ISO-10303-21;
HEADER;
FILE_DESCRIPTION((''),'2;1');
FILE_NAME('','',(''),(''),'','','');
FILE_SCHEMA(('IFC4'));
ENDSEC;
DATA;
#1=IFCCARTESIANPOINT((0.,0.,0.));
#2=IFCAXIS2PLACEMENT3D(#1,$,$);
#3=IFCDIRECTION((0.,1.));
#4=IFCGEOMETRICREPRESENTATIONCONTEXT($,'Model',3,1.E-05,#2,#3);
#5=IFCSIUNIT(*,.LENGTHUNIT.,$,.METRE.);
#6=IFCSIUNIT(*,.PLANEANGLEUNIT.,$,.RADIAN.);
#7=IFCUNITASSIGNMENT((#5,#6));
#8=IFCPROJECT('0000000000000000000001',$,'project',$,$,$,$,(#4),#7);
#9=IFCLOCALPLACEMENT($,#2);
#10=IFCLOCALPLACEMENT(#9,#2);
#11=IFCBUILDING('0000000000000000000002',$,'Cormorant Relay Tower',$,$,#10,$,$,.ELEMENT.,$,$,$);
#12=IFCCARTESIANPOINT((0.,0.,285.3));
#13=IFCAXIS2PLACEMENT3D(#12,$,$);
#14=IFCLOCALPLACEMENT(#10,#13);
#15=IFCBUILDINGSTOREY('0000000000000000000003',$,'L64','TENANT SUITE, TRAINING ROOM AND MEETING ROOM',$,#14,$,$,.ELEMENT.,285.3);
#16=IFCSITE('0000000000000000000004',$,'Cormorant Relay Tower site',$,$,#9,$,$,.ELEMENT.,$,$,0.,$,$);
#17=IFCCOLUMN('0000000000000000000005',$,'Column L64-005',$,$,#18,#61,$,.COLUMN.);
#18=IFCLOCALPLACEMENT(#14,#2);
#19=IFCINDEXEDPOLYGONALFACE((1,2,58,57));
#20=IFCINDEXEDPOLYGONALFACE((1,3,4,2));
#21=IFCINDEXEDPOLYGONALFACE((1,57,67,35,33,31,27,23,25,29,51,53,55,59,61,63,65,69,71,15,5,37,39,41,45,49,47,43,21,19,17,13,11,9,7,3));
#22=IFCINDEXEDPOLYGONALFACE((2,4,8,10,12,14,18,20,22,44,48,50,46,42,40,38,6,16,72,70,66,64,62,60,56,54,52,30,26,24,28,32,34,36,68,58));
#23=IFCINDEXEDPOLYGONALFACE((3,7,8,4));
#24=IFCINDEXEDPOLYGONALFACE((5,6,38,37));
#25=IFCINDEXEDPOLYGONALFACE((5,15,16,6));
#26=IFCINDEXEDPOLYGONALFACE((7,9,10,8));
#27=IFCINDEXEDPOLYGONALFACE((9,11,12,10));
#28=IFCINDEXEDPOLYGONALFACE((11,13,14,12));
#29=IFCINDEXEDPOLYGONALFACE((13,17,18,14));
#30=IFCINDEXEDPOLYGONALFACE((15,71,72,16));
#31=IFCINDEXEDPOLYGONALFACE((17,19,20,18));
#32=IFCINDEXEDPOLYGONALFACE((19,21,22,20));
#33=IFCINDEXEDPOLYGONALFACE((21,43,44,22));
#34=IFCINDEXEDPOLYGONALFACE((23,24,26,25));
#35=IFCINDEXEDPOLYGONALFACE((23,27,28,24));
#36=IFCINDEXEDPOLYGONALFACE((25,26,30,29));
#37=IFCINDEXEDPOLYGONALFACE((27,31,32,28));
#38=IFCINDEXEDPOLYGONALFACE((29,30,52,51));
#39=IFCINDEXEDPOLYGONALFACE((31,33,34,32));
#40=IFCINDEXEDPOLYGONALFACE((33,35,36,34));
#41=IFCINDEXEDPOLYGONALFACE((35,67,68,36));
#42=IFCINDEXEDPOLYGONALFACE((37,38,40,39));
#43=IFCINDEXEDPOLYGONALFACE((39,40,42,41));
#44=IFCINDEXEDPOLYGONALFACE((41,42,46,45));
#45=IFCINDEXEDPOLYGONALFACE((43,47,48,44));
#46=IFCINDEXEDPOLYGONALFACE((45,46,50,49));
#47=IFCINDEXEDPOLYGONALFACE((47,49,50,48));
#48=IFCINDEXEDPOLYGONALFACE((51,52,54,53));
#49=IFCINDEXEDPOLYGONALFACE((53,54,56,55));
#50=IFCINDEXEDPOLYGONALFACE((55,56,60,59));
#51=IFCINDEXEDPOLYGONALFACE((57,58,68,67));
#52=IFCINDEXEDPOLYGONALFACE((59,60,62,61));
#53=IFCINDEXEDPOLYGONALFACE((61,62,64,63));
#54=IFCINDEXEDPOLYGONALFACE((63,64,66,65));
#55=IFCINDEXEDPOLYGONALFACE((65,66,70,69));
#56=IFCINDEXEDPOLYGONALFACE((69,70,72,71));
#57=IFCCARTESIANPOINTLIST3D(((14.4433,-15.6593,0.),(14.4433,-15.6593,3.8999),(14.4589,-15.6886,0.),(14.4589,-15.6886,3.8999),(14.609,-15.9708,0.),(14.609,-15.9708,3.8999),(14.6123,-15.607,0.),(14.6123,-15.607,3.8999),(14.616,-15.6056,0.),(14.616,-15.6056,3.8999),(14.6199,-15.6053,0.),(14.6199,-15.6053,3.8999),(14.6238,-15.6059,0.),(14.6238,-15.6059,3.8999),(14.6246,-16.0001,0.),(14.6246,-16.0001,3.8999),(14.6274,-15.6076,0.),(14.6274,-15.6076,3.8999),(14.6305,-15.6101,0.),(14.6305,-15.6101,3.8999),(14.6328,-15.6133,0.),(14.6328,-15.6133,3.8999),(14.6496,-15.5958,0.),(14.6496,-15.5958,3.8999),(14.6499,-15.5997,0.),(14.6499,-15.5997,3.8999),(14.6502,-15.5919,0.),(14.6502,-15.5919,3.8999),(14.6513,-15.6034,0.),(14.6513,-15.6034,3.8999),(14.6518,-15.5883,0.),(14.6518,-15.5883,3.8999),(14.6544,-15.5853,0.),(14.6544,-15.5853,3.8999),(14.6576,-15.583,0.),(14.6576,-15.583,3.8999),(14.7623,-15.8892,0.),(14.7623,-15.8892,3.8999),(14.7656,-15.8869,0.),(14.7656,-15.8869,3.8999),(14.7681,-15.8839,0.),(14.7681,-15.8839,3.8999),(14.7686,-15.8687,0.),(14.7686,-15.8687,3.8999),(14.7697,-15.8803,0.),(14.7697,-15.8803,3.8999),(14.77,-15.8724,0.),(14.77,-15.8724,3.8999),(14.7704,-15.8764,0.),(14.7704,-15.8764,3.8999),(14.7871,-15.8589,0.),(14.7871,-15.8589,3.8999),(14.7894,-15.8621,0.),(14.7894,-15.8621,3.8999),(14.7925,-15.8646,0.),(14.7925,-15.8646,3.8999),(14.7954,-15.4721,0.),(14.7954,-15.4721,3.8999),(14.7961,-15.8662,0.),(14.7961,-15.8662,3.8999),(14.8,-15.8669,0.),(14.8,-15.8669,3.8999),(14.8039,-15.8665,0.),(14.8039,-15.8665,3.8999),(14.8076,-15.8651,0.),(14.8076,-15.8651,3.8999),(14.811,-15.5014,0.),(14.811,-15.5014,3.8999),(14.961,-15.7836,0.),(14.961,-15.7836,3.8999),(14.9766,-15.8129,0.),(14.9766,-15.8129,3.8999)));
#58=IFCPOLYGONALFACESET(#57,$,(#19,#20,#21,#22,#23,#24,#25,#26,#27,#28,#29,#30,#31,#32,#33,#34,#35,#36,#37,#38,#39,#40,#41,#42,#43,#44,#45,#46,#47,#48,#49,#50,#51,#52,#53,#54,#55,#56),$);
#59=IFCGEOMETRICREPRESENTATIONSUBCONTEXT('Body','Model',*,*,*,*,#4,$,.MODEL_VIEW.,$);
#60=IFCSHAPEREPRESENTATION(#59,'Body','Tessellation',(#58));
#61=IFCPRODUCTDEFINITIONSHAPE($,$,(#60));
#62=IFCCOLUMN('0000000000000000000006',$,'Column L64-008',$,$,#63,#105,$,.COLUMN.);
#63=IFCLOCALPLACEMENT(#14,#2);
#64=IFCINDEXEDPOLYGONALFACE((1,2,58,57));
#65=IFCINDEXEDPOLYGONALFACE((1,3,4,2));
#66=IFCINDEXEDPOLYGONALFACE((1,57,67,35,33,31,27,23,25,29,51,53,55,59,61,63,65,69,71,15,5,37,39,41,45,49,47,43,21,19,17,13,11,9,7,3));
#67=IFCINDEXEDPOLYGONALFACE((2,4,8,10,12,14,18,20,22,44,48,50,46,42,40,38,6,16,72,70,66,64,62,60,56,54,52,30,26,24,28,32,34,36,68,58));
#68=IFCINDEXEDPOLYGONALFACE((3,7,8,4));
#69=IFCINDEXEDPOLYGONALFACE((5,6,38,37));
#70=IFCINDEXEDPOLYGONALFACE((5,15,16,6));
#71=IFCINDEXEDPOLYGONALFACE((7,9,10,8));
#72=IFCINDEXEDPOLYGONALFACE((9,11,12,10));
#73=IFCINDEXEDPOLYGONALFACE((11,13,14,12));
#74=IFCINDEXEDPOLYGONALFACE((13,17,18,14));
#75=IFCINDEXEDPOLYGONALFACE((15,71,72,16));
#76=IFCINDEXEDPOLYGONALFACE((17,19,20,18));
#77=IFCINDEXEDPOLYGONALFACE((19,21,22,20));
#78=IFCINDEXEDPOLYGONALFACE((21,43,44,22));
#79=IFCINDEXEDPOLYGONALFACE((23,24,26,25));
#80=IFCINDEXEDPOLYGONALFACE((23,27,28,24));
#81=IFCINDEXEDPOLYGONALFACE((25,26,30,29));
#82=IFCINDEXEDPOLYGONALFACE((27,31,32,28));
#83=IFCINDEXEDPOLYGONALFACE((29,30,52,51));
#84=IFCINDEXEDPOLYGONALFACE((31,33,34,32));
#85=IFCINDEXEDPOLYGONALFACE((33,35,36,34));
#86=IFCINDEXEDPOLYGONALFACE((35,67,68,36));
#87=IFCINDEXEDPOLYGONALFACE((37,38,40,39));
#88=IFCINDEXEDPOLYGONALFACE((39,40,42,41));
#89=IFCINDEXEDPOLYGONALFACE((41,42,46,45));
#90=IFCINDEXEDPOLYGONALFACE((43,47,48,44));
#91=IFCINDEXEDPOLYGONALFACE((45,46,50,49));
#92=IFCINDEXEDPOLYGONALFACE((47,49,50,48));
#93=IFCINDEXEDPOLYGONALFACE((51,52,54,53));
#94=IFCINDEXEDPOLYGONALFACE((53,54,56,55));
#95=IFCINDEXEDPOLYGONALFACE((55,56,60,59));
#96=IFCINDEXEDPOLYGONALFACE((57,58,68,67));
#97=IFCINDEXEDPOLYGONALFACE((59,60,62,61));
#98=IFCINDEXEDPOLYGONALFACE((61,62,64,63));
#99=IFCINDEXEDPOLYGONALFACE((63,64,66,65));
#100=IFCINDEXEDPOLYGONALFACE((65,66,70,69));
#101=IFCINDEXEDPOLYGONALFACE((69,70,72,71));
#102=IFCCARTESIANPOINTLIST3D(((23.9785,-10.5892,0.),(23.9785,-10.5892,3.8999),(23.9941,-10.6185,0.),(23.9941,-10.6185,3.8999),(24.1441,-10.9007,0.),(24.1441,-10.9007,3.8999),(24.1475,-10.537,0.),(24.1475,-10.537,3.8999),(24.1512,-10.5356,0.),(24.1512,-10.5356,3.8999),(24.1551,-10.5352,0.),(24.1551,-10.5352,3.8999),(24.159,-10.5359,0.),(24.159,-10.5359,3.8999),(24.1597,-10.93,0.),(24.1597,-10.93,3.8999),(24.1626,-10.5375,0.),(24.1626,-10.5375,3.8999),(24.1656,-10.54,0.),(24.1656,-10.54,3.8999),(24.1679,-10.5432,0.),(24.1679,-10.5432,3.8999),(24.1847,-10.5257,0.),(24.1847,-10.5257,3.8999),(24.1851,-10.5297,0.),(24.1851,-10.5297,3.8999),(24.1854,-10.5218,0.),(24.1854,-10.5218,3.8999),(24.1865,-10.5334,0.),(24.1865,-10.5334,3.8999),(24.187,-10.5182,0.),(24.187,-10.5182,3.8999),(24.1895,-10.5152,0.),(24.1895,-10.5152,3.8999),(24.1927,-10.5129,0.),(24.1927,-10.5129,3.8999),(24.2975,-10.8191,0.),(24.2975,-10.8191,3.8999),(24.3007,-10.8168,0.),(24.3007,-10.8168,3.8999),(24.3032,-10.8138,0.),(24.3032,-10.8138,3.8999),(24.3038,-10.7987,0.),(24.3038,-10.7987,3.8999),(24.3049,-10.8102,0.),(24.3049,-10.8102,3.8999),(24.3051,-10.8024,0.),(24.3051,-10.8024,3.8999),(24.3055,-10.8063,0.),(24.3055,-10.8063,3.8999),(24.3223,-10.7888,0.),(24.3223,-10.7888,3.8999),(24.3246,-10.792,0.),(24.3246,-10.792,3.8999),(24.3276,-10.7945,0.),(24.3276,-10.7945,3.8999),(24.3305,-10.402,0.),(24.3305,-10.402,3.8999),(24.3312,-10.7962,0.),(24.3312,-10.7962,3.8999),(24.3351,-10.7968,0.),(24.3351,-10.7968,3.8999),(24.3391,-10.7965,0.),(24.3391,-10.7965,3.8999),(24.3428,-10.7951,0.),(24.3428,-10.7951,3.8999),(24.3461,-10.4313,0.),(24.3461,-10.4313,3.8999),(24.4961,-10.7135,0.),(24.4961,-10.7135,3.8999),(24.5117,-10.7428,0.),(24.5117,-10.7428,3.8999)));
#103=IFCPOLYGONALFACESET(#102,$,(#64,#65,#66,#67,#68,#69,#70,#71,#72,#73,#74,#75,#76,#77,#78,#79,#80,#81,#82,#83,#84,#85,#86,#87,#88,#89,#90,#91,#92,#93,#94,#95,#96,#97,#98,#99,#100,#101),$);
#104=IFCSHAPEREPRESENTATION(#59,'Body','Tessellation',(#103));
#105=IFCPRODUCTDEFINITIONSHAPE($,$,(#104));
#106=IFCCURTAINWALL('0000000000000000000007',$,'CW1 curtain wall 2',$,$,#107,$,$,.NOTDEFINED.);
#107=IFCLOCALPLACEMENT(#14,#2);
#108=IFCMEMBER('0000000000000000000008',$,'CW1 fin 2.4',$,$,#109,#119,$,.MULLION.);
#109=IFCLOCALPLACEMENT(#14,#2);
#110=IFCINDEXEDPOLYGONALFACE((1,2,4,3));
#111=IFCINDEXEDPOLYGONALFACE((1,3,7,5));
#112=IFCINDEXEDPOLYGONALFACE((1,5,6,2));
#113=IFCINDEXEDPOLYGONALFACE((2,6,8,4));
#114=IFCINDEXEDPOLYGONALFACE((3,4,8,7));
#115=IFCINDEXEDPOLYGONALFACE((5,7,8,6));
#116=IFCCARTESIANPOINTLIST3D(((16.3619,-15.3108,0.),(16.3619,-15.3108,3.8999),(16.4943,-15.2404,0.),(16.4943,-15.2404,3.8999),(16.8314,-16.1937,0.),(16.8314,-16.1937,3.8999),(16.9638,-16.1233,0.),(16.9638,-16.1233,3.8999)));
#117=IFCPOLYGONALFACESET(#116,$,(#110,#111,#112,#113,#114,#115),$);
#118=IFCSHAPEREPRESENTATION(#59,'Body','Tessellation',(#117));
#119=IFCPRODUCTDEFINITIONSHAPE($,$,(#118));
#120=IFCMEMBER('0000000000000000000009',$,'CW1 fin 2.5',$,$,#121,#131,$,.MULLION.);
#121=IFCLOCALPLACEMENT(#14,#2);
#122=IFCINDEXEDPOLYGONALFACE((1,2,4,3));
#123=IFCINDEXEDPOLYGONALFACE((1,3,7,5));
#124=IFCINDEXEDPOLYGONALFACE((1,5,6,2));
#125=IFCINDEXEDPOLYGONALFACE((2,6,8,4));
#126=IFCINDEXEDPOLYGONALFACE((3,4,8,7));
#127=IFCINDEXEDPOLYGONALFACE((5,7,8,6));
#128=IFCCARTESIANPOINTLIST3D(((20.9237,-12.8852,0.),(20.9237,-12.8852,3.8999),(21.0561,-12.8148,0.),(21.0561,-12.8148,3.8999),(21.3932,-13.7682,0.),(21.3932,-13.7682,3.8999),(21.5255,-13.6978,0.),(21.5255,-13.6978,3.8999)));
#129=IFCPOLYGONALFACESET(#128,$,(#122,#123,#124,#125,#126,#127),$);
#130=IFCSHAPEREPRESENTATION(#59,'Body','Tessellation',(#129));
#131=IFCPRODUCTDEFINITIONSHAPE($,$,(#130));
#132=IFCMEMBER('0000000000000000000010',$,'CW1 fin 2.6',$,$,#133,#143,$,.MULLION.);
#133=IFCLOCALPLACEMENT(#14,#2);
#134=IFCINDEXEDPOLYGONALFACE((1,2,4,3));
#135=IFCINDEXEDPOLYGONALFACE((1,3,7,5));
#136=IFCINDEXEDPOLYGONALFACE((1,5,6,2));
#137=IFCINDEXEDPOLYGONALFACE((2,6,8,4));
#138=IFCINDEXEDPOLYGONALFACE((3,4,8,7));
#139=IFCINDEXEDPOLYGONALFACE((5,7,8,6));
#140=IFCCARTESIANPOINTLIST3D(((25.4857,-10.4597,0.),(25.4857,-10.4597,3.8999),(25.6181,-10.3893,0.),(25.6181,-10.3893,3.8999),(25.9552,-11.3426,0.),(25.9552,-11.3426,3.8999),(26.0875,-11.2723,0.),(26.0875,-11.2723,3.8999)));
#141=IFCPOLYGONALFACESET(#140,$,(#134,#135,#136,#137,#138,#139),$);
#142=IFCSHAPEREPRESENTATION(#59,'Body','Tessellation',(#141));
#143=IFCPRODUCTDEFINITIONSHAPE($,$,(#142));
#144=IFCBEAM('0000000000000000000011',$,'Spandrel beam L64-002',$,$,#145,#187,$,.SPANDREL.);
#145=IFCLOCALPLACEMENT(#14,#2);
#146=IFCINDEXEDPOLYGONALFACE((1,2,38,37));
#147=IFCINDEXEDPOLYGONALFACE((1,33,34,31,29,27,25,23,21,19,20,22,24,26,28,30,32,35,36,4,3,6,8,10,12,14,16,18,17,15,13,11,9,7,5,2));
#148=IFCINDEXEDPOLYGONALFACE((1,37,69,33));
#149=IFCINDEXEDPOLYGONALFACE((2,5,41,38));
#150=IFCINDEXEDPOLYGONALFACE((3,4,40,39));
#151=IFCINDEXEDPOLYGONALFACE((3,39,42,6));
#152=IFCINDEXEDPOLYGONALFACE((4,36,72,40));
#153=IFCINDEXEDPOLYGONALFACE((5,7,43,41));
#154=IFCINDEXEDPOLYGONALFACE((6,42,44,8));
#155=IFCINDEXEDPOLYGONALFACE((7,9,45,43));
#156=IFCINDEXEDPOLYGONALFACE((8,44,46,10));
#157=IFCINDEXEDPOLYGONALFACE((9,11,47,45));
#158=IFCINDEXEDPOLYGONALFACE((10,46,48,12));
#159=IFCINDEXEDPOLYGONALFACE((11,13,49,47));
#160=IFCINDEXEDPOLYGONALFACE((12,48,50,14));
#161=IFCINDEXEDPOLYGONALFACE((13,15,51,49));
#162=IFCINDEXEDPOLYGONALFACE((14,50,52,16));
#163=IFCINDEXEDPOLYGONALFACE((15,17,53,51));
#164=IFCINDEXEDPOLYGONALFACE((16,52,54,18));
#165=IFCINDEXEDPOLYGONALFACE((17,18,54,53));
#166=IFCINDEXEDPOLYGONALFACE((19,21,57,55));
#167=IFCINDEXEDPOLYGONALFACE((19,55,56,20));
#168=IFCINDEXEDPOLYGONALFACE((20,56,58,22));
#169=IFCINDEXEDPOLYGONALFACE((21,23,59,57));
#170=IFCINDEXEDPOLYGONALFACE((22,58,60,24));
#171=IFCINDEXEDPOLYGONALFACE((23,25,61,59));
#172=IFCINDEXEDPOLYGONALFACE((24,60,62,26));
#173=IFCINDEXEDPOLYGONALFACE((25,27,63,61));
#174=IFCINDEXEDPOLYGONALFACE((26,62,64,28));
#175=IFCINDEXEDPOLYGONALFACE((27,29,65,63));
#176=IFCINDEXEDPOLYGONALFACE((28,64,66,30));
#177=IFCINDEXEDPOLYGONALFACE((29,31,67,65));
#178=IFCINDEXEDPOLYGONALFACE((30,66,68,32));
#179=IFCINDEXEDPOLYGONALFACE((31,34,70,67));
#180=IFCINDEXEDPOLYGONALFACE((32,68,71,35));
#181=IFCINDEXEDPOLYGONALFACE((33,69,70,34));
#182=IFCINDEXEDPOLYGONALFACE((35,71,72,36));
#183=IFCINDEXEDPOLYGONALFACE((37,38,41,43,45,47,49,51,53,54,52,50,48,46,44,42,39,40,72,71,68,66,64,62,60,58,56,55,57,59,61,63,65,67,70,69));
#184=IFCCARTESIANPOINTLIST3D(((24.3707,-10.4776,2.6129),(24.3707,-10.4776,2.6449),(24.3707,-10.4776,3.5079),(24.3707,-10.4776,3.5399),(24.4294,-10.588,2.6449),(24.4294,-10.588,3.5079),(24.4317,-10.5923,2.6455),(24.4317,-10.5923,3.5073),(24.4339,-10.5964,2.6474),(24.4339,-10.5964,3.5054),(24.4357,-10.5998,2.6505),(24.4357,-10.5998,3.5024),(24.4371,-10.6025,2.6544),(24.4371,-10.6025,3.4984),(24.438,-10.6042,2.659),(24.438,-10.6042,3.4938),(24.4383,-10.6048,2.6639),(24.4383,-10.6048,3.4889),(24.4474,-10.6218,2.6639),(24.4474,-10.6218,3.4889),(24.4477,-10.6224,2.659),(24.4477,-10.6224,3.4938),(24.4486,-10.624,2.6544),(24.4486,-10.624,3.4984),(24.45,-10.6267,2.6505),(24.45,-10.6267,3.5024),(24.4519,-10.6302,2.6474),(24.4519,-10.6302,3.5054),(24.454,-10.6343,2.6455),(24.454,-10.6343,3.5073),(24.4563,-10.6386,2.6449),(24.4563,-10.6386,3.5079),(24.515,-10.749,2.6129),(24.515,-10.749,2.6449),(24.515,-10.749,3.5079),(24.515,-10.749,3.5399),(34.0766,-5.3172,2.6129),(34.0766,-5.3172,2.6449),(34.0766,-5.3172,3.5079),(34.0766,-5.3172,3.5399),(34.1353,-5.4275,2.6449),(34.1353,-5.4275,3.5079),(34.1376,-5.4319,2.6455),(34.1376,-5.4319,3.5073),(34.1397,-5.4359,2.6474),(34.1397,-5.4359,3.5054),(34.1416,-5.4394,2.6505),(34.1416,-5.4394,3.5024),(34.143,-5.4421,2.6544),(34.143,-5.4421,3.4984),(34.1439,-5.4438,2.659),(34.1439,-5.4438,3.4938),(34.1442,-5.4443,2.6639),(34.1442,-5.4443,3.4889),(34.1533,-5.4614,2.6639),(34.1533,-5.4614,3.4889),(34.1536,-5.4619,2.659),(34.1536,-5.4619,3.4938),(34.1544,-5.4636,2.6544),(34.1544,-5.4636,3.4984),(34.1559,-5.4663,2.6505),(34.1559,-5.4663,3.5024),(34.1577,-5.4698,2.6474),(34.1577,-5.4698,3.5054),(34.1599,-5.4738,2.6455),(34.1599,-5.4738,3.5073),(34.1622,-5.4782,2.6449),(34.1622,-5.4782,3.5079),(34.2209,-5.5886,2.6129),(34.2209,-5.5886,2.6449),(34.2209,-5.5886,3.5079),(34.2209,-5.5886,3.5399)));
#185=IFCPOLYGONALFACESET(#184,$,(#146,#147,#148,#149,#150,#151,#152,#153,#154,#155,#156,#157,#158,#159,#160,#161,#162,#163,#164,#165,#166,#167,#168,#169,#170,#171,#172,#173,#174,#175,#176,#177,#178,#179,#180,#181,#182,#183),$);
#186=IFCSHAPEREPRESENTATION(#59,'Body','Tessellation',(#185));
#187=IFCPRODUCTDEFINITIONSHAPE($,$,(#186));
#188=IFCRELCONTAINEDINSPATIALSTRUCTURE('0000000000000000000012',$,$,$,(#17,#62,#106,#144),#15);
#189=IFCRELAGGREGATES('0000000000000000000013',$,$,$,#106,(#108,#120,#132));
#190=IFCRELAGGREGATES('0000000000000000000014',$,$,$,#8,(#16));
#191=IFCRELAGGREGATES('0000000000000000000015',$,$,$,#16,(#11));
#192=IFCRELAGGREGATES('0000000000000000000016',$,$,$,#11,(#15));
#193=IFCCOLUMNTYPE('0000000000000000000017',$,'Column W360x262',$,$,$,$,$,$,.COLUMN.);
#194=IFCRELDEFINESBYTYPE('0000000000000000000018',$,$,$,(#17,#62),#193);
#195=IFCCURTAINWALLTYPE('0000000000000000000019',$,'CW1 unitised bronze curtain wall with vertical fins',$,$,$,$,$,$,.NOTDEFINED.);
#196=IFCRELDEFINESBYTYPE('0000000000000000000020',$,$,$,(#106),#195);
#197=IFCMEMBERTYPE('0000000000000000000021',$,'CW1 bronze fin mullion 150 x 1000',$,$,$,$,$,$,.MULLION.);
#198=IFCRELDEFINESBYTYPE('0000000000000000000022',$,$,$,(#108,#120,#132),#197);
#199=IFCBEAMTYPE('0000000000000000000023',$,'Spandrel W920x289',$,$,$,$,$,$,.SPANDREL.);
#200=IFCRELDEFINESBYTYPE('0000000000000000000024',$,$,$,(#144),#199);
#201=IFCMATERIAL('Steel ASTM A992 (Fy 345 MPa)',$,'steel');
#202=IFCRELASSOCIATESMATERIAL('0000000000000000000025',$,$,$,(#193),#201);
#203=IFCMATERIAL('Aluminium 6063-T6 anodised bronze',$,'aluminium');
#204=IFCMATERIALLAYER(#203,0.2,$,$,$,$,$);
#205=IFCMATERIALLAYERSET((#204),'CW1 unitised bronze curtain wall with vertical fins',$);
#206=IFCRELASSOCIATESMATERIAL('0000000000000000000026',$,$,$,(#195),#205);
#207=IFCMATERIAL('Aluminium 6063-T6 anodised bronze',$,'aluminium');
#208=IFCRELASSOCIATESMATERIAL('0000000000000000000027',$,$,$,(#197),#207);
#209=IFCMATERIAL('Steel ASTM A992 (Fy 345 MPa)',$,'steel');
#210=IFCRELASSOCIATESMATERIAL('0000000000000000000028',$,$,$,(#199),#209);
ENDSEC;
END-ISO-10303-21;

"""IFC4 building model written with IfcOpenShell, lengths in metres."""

from ifc_helpers import new_model, si_unit, direction, frame, origin, origin_2d, place, context, subcontext, project, spatial, rectangle, i_section, extrude, material, layer, layer_set, material_profile, profile_set, type_object, element, aggregate, save


model = new_model("IFC4")

# Units and contexts
model_context = context("Model", 3, precision=1e-05, world=origin(), true_north=direction((0.0, 1.0)))
body_context = subcontext(model_context, "Body", "Model", "MODEL_VIEW")
ifc_project = project(units=[si_unit("LENGTHUNIT", "METRE"), si_unit("PLANEANGLEUNIT", "RADIAN")], contexts=[model_context])

# Site, building, storey
site_placement = place(None, origin())
site = spatial("IfcSite", under=ifc_project, at=site_placement, Name="Cormorant Relay Tower site", CompositionType="ELEMENT", RefElevation=0.0)
building_placement = place(site_placement, origin())
building = spatial("IfcBuilding", under=site, at=building_placement, Name="Cormorant Relay Tower", CompositionType="ELEMENT")
storey_placement = place(building_placement, frame((0.0, 0.0, 285.3)))
storey = spatial("IfcBuildingStorey", under=building, at=storey_placement, Name="L64", Description="TENANT SUITE, TRAINING ROOM AND MEETING ROOM", CompositionType="ELEMENT", Elevation=285.3)

# Columns
ifc_material_1 = material(Name="Steel ASTM A992 (Fy 345 MPa)", Category="steel")
ifc_material_profile_1 = material_profile(ifc_material_1, i_section(OverallWidth=0.3987, OverallDepth=0.386, WebThickness=0.021, FlangeThickness=0.0332, FilletRadius=0.0151, at=origin_2d()), Name="W360x262")
ifc_profile_set_1 = profile_set([ifc_material_profile_1], Name="Steel ASTM A992 (Fy 345 MPa)")
column_type = type_object("IfcColumnType", Name="Column W360x262", PredefinedType="COLUMN", material=ifc_profile_set_1)
for number, where, z_axis, x_axis, name in (
    (1, (14.71, -15.7361, 0.0), (0.0, 0.0, 1.0), (0.882948, 0.469472, 0.0), "Column L64-005"),
    (2, (24.2451, -10.666, 0.0), (0.0, 0.0, 1.0), (0.882948, 0.469472, 0.0), "Column L64-008"),
):
    element("IfcColumn", number, at=place(storey_placement, frame(where, z_axis=z_axis, x_axis=x_axis)), inside=storey, type_object=column_type, Name=name, PredefinedType="COLUMN", context=body_context, shape_type="SweptSolid", body=[
        extrude(i_section(OverallWidth=0.3987, OverallDepth=0.386, WebThickness=0.021, FlangeThickness=0.0332, FilletRadius=0.0151, at=origin_2d()), origin(), (0.0, 0.0, 1.0), 3.8999),
    ])

# Curtain wall, members
ifc_material_2 = material(Name="Aluminium 6063-T6 anodised bronze", Category="aluminium")
ifc_layer_1 = layer(ifc_material_2, 0.2)
ifc_layer_set_1 = layer_set([ifc_layer_1], Name="CW1 unitised bronze curtain wall with vertical fins")
curtain_wall_type = type_object("IfcCurtainWallType", Name="CW1 unitised bronze curtain wall with vertical fins", PredefinedType="NOTDEFINED", material=ifc_layer_set_1)
curtain_wall_placement = place(storey_placement, origin())
curtain_wall = element("IfcCurtainWall", 3, at=curtain_wall_placement, inside=storey, type_object=curtain_wall_type, Name="CW1 curtain wall 2", PredefinedType="NOTDEFINED")
ifc_material_3 = material(Name="Aluminium 6063-T6 anodised bronze", Category="aluminium")
ifc_material_profile_2 = material_profile(ifc_material_3, rectangle(XDim=0.1499, YDim=1.0, at=origin_2d()), Name="AL 150x1000")
ifc_profile_set_2 = profile_set([ifc_material_profile_2], Name="Aluminium 6063-T6 anodised bronze")
member_type = type_object("IfcMemberType", Name="CW1 bronze fin mullion 150 x 1000", PredefinedType="MULLION", material=ifc_profile_set_2)
member_1_placement = place(storey_placement, frame((16.6628, -15.717, 0.0), z_axis=(0.0, 0.0, 1.0), x_axis=(0.882948, 0.469472, 0.0)))
member_1 = element("IfcMember", 4, at=member_1_placement, type_object=member_type, Name="CW1 fin 2.4", PredefinedType="MULLION", context=body_context, shape_type="SweptSolid", body=[
    extrude(rectangle(XDim=0.1499, YDim=1.0, at=origin_2d()), origin(), (0.0, 0.0, 1.0), 3.8999),
])
member_2_placement = place(storey_placement, frame((21.2246, -13.2915, 0.0), z_axis=(0.0, 0.0, 1.0), x_axis=(0.882948, 0.469472, 0.0)))
member_2 = element("IfcMember", 5, at=member_2_placement, type_object=member_type, Name="CW1 fin 2.5", PredefinedType="MULLION", context=body_context, shape_type="SweptSolid", body=[
    extrude(rectangle(XDim=0.1499, YDim=1.0, at=origin_2d()), origin(), (0.0, 0.0, 1.0), 3.8999),
])
member_3_placement = place(storey_placement, frame((25.7866, -10.866, 0.0), z_axis=(0.0, 0.0, 1.0), x_axis=(0.882948, 0.469472, 0.0)))
member_3 = element("IfcMember", 6, at=member_3_placement, type_object=member_type, Name="CW1 fin 2.6", PredefinedType="MULLION", context=body_context, shape_type="SweptSolid", body=[
    extrude(rectangle(XDim=0.1499, YDim=1.0, at=origin_2d()), origin(), (0.0, 0.0, 1.0), 3.8999),
])

# Beam
ifc_material_4 = material(Name="Steel ASTM A992 (Fy 345 MPa)", Category="steel")
ifc_material_profile_3 = material_profile(ifc_material_4, i_section(OverallWidth=0.3074, OverallDepth=0.927, WebThickness=0.0193, FlangeThickness=0.032, FilletRadius=0.019, at=origin_2d()), Name="W920x289")
ifc_profile_set_3 = profile_set([ifc_material_profile_3], Name="Steel ASTM A992 (Fy 345 MPa)")
beam_type_1 = type_object("IfcBeamType", Name="Spandrel W920x289", PredefinedType="SPANDREL", material=ifc_profile_set_3)
beam_1_placement = place(storey_placement, frame((24.4429, -10.6133, 3.0764), z_axis=(0.882958, 0.469452, 0.0), x_axis=(-0.469452, 0.882958, 0.0)))
element("IfcBeam", 7, at=beam_1_placement, inside=storey, type_object=beam_type_1, Name="Spandrel beam L64-002", PredefinedType="SPANDREL", context=body_context, shape_type="SweptSolid", body=[
    extrude(i_section(OverallWidth=0.3074, OverallDepth=0.927, WebThickness=0.0193, FlangeThickness=0.032, FilletRadius=0.019, at=origin_2d()), origin(), (0.0, 0.0, 1.0), 10.9924),
])

aggregate(curtain_wall, [member_1, member_2, member_3])

save(model, "model.ifc")
